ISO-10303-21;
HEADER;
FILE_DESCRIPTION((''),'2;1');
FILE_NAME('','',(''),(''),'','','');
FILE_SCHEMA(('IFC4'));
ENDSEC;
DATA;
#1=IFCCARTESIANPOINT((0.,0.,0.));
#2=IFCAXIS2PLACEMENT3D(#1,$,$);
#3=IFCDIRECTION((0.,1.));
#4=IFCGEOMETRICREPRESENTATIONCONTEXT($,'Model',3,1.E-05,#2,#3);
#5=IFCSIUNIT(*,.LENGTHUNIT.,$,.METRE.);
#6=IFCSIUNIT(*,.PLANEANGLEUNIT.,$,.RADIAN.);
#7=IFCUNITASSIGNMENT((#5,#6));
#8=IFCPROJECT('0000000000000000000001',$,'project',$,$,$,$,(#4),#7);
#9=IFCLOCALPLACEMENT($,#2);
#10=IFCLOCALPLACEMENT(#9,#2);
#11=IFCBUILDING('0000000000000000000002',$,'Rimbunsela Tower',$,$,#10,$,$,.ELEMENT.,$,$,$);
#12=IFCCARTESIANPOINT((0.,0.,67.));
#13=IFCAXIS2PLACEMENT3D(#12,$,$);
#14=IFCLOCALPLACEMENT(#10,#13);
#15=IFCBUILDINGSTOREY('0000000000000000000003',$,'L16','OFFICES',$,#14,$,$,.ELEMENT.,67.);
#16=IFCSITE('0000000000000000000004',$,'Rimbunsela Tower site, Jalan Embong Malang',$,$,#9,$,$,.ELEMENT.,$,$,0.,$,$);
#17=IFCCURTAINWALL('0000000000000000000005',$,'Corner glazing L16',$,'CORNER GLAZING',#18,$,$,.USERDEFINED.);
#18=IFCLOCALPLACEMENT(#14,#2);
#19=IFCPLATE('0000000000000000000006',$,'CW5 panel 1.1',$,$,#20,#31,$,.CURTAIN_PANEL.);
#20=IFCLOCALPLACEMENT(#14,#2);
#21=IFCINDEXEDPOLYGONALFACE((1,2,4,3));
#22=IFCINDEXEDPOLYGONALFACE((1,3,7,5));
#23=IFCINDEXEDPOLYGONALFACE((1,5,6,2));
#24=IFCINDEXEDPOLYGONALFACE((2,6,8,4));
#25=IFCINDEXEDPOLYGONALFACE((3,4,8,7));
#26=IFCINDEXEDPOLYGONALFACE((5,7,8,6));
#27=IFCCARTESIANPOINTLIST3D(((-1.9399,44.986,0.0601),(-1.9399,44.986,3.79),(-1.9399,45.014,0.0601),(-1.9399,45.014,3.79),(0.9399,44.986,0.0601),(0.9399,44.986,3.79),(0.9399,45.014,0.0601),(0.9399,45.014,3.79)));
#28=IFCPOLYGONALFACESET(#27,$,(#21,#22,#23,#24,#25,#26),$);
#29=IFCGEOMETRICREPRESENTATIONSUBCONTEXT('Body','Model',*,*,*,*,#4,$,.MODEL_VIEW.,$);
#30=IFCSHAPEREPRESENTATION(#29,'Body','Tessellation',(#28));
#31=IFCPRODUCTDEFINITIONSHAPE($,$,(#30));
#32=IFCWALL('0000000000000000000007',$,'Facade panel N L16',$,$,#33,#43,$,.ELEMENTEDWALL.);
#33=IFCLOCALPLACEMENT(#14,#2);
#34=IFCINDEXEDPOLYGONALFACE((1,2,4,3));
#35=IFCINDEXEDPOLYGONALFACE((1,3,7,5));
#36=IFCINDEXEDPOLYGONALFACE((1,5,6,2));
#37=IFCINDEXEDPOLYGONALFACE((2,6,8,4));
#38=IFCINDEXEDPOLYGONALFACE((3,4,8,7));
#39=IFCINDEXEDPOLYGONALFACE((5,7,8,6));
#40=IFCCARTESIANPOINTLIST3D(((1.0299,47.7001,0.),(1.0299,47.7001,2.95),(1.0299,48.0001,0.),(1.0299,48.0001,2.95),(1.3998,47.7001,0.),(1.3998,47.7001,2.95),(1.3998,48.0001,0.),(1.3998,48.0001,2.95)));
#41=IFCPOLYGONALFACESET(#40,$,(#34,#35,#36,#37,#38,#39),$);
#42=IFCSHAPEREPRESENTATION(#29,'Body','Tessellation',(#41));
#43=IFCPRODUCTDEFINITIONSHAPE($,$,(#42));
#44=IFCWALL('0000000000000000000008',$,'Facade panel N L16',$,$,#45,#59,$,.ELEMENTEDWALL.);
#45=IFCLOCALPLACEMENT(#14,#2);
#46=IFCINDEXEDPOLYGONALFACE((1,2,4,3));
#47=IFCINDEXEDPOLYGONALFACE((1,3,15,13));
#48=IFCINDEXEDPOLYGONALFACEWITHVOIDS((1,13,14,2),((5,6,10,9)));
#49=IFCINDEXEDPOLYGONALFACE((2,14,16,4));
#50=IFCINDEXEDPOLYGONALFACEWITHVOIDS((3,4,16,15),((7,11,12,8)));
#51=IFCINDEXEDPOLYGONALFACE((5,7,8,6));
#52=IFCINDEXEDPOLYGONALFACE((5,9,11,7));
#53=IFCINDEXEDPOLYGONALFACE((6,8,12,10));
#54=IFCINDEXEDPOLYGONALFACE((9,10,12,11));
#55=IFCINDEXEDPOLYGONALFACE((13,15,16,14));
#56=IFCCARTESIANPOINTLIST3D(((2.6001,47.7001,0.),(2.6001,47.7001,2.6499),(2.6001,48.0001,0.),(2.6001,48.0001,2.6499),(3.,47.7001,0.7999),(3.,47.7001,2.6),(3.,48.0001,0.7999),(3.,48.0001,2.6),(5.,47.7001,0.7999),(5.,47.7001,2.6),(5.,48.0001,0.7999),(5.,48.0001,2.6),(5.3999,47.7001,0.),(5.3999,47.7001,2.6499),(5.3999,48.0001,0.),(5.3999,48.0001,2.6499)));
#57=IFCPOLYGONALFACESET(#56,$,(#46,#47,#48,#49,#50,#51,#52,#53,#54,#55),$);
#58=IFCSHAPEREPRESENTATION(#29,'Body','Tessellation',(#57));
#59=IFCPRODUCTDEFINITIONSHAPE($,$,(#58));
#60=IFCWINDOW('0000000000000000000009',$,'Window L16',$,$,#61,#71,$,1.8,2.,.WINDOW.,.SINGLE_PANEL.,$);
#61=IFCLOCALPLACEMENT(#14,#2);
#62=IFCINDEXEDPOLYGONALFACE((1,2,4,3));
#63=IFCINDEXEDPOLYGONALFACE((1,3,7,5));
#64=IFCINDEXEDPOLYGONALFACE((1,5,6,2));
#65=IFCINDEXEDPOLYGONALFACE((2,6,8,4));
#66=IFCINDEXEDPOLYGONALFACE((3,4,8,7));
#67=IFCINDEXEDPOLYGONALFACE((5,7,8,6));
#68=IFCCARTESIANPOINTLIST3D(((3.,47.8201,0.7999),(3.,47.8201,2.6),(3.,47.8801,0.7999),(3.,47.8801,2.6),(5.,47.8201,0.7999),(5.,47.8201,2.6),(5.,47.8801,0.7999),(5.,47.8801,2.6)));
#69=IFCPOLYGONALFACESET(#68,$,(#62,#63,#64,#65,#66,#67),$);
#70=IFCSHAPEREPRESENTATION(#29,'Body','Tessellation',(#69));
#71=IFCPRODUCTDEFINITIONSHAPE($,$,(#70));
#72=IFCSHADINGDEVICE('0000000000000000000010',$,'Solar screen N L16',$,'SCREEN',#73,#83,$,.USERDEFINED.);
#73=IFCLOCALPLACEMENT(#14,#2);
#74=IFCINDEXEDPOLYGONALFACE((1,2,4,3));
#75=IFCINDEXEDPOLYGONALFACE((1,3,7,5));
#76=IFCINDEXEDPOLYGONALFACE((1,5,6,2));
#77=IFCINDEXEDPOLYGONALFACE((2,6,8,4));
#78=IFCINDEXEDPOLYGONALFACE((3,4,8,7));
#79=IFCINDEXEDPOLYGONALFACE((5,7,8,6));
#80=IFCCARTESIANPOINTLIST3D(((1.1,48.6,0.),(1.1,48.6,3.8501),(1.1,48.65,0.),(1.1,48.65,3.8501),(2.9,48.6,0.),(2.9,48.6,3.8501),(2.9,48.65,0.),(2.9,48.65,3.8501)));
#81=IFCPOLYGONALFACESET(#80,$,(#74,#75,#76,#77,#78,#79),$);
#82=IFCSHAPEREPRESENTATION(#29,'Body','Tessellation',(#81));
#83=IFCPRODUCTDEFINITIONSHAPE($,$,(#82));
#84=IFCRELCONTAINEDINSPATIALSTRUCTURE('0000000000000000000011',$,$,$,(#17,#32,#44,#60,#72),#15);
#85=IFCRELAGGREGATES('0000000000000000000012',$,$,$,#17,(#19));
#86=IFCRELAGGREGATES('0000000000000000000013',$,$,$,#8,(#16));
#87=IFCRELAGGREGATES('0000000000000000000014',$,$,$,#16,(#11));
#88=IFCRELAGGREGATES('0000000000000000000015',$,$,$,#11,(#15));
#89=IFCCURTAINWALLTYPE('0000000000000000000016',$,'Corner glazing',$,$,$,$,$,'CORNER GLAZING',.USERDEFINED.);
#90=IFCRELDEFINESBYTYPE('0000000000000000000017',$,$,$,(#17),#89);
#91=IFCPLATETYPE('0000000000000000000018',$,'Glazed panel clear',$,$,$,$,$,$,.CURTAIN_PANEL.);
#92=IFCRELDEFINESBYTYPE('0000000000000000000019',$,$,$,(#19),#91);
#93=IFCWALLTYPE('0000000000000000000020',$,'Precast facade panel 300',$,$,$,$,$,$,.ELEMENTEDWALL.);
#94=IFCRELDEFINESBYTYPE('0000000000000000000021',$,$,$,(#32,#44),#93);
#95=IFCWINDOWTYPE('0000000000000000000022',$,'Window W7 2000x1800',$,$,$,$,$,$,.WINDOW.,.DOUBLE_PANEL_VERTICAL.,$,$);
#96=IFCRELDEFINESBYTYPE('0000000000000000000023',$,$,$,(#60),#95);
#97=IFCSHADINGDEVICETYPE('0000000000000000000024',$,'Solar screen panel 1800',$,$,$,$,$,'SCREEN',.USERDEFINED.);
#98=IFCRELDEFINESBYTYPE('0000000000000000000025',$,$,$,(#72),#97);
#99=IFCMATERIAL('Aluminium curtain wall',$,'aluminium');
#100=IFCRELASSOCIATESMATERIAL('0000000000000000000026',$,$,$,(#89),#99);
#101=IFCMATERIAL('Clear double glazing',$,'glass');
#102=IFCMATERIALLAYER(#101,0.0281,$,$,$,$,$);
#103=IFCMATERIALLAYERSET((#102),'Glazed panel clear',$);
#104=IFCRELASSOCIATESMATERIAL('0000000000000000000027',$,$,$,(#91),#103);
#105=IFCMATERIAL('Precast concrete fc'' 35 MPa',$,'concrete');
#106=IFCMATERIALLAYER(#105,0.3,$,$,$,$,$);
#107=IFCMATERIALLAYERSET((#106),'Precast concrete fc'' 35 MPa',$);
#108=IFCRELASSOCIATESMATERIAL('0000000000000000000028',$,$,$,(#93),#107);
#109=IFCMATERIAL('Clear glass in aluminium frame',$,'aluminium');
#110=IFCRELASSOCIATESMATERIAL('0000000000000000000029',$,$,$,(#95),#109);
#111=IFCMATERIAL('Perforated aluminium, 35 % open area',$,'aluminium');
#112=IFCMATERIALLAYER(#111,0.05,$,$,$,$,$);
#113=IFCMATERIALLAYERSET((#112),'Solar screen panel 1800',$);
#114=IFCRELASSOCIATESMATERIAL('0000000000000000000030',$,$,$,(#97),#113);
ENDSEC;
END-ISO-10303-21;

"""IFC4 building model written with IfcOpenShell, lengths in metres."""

from ifc_helpers import new_model, si_unit, direction, frame, frame_2d, origin, origin_2d, place, context, subcontext, project, spatial, rectangle, extrude, material, layer, layer_set, type_object, element, fill, aggregate, save


model = new_model("IFC4")

# Units and contexts
model_context = context("Model", 3, precision=1e-05, world=origin(), true_north=direction((0.0, 1.0)))
body_context = subcontext(model_context, "Body", "Model", "MODEL_VIEW")
ifc_project = project(units=[si_unit("LENGTHUNIT", "METRE"), si_unit("PLANEANGLEUNIT", "RADIAN")], contexts=[model_context])

# Site, building, storey
site_placement = place(None, origin())
site = spatial("IfcSite", under=ifc_project, at=site_placement, Name="Rimbunsela Tower site, Jalan Embong Malang", CompositionType="ELEMENT", RefElevation=0.0)
building_placement = place(site_placement, origin())
building = spatial("IfcBuilding", under=site, at=building_placement, Name="Rimbunsela Tower", CompositionType="ELEMENT")
storey_placement = place(building_placement, frame((0.0, 0.0, 67.0)))
storey = spatial("IfcBuildingStorey", under=building, at=storey_placement, Name="L16", Description="OFFICES", CompositionType="ELEMENT", Elevation=67.0)

# Shared definitions
ifc_material_1 = material(Name="Aluminium curtain wall", Category="aluminium")
curtain_wall_type = type_object("IfcCurtainWallType", Name="Corner glazing", ElementType="CORNER GLAZING", PredefinedType="USERDEFINED", material=ifc_material_1)

# Curtain wall
curtain_wall_1_placement = place(storey_placement, origin())
curtain_wall_1 = element("IfcCurtainWall", 1, at=curtain_wall_1_placement, inside=storey, type_object=curtain_wall_type, Name="Corner glazing L16", ObjectType="CORNER GLAZING", PredefinedType="USERDEFINED")

# Plate
ifc_material_2 = material(Name="Clear double glazing", Category="glass")
ifc_layer_1 = layer(ifc_material_2, 0.0281)
ifc_layer_set_1 = layer_set([ifc_layer_1], Name="Glazed panel clear")
plate_type_1 = type_object("IfcPlateType", Name="Glazed panel clear", PredefinedType="CURTAIN_PANEL", material=ifc_layer_set_1)
plate_1_placement = place(storey_placement, frame((-0.5, 45.0, 0.0601), z_axis=(0.0, 0.0, 1.0), x_axis=(-1.0, 0.0, 0.0)))
plate_1 = element("IfcPlate", 2, at=plate_1_placement, type_object=plate_type_1, Name="CW5 panel 1.1", PredefinedType="CURTAIN_PANEL", context=body_context, shape_type="SweptSolid", body=[
    extrude(rectangle(XDim=2.8799, YDim=0.0281, at=origin_2d()), origin(), (0.0, 0.0, 1.0), 3.73),
])
aggregate(curtain_wall_1, [plate_1])

# Wall
ifc_material_3 = material(Name="Precast concrete fc' 35 MPa", Category="concrete")
ifc_layer_2 = layer(ifc_material_3, 0.3)
ifc_layer_set_2 = layer_set([ifc_layer_2], Name="Precast concrete fc' 35 MPa")
wall_type = type_object("IfcWallType", Name="Precast facade panel 300", PredefinedType="ELEMENTEDWALL", material=ifc_layer_set_2)
wall_1_placement = place(storey_placement, frame((1.3999, 47.8501, 0.0), z_axis=(0.0, 0.0, 1.0), x_axis=(-1.0, 0.0, 0.0)))
element("IfcWall", 3, at=wall_1_placement, inside=storey, type_object=wall_type, Name="Facade panel N L16", PredefinedType="ELEMENTEDWALL", context=body_context, shape_type="SweptSolid", body=[
    extrude(rectangle(XDim=0.3699, YDim=0.3, at=frame_2d((0.1851, 0.0))), origin(), (0.0, 0.0, 1.0), 2.95),
])

# Wall, opening, window
wall_2_placement = place(storey_placement, frame((5.3999, 47.8501, 0.0), z_axis=(0.0, 0.0, 1.0), x_axis=(-1.0, 0.0, 0.0)))
wall_2 = element("IfcWall", 4, at=wall_2_placement, inside=storey, type_object=wall_type, Name="Facade panel N L16", PredefinedType="ELEMENTEDWALL", context=body_context, shape_type="SweptSolid", body=[
    extrude(rectangle(XDim=2.7998, YDim=0.3, at=frame_2d((1.3999, 0.0))), origin(), (0.0, 0.0, 1.0), 2.6499),
])
opening_placement = place(wall_2_placement, frame((0.3999, 0.0, 0.8)))
opening = element("IfcOpeningElement", 5, at=opening_placement, cuts=wall_2, PredefinedType="OPENING", context=body_context, shape_type="SweptSolid", body=[
    extrude(rectangle(XDim=2.0, YDim=1.8, at=frame_2d((1.0, 0.8999))), frame((0.0, 0.1599, 0.0), z_axis=(0.0, -1.0, 0.0), x_axis=(1.0, 0.0, 0.0)), (0.0, 0.0, 1.0), 0.3201),
])
ifc_material_4 = material(Name="Clear glass in aluminium frame", Category="aluminium")
window_type = type_object("IfcWindowType", Name="Window W7 2000x1800", PartitioningType="DOUBLE_PANEL_VERTICAL", PredefinedType="WINDOW", material=ifc_material_4)
window_placement = place(opening_placement, origin())
window = element("IfcWindow", 6, at=window_placement, inside=storey, type_object=window_type, Name="Window L16", OverallHeight=1.8, OverallWidth=2.0, PartitioningType="SINGLE_PANEL", PredefinedType="WINDOW", context=body_context, shape_type="SweptSolid", body=[
    extrude(rectangle(XDim=2.0, YDim=1.8, at=frame_2d((1.0, 0.8999))), frame((0.0, 0.03, 0.0), z_axis=(0.0, -1.0, 0.0), x_axis=(1.0, 0.0, 0.0)), (0.0, 0.0, 1.0), 0.0601),
])
fill(opening, window)

# Shading device
ifc_material_5 = material(Name="Perforated aluminium, 35 % open area", Category="aluminium")
ifc_layer_3 = layer(ifc_material_5, 0.05)
ifc_layer_set_3 = layer_set([ifc_layer_3], Name="Solar screen panel 1800")
shading_device_type = type_object("IfcShadingDeviceType", Name="Solar screen panel 1800", ElementType="SCREEN", PredefinedType="USERDEFINED", material=ifc_layer_set_3)
shading_device_placement = place(storey_placement, frame((2.0, 48.625, 0.0), z_axis=(0.0, 0.0, 1.0), x_axis=(1.0, 0.0, 0.0)))
element("IfcShadingDevice", 7, at=shading_device_placement, inside=storey, type_object=shading_device_type, Name="Solar screen N L16", ObjectType="SCREEN", PredefinedType="USERDEFINED", context=body_context, shape_type="SweptSolid", body=[
    extrude(rectangle(XDim=1.8, YDim=0.05, at=origin_2d()), origin(), (0.0, 0.0, 1.0), 3.8501),
])

save(model, "model.ifc")
